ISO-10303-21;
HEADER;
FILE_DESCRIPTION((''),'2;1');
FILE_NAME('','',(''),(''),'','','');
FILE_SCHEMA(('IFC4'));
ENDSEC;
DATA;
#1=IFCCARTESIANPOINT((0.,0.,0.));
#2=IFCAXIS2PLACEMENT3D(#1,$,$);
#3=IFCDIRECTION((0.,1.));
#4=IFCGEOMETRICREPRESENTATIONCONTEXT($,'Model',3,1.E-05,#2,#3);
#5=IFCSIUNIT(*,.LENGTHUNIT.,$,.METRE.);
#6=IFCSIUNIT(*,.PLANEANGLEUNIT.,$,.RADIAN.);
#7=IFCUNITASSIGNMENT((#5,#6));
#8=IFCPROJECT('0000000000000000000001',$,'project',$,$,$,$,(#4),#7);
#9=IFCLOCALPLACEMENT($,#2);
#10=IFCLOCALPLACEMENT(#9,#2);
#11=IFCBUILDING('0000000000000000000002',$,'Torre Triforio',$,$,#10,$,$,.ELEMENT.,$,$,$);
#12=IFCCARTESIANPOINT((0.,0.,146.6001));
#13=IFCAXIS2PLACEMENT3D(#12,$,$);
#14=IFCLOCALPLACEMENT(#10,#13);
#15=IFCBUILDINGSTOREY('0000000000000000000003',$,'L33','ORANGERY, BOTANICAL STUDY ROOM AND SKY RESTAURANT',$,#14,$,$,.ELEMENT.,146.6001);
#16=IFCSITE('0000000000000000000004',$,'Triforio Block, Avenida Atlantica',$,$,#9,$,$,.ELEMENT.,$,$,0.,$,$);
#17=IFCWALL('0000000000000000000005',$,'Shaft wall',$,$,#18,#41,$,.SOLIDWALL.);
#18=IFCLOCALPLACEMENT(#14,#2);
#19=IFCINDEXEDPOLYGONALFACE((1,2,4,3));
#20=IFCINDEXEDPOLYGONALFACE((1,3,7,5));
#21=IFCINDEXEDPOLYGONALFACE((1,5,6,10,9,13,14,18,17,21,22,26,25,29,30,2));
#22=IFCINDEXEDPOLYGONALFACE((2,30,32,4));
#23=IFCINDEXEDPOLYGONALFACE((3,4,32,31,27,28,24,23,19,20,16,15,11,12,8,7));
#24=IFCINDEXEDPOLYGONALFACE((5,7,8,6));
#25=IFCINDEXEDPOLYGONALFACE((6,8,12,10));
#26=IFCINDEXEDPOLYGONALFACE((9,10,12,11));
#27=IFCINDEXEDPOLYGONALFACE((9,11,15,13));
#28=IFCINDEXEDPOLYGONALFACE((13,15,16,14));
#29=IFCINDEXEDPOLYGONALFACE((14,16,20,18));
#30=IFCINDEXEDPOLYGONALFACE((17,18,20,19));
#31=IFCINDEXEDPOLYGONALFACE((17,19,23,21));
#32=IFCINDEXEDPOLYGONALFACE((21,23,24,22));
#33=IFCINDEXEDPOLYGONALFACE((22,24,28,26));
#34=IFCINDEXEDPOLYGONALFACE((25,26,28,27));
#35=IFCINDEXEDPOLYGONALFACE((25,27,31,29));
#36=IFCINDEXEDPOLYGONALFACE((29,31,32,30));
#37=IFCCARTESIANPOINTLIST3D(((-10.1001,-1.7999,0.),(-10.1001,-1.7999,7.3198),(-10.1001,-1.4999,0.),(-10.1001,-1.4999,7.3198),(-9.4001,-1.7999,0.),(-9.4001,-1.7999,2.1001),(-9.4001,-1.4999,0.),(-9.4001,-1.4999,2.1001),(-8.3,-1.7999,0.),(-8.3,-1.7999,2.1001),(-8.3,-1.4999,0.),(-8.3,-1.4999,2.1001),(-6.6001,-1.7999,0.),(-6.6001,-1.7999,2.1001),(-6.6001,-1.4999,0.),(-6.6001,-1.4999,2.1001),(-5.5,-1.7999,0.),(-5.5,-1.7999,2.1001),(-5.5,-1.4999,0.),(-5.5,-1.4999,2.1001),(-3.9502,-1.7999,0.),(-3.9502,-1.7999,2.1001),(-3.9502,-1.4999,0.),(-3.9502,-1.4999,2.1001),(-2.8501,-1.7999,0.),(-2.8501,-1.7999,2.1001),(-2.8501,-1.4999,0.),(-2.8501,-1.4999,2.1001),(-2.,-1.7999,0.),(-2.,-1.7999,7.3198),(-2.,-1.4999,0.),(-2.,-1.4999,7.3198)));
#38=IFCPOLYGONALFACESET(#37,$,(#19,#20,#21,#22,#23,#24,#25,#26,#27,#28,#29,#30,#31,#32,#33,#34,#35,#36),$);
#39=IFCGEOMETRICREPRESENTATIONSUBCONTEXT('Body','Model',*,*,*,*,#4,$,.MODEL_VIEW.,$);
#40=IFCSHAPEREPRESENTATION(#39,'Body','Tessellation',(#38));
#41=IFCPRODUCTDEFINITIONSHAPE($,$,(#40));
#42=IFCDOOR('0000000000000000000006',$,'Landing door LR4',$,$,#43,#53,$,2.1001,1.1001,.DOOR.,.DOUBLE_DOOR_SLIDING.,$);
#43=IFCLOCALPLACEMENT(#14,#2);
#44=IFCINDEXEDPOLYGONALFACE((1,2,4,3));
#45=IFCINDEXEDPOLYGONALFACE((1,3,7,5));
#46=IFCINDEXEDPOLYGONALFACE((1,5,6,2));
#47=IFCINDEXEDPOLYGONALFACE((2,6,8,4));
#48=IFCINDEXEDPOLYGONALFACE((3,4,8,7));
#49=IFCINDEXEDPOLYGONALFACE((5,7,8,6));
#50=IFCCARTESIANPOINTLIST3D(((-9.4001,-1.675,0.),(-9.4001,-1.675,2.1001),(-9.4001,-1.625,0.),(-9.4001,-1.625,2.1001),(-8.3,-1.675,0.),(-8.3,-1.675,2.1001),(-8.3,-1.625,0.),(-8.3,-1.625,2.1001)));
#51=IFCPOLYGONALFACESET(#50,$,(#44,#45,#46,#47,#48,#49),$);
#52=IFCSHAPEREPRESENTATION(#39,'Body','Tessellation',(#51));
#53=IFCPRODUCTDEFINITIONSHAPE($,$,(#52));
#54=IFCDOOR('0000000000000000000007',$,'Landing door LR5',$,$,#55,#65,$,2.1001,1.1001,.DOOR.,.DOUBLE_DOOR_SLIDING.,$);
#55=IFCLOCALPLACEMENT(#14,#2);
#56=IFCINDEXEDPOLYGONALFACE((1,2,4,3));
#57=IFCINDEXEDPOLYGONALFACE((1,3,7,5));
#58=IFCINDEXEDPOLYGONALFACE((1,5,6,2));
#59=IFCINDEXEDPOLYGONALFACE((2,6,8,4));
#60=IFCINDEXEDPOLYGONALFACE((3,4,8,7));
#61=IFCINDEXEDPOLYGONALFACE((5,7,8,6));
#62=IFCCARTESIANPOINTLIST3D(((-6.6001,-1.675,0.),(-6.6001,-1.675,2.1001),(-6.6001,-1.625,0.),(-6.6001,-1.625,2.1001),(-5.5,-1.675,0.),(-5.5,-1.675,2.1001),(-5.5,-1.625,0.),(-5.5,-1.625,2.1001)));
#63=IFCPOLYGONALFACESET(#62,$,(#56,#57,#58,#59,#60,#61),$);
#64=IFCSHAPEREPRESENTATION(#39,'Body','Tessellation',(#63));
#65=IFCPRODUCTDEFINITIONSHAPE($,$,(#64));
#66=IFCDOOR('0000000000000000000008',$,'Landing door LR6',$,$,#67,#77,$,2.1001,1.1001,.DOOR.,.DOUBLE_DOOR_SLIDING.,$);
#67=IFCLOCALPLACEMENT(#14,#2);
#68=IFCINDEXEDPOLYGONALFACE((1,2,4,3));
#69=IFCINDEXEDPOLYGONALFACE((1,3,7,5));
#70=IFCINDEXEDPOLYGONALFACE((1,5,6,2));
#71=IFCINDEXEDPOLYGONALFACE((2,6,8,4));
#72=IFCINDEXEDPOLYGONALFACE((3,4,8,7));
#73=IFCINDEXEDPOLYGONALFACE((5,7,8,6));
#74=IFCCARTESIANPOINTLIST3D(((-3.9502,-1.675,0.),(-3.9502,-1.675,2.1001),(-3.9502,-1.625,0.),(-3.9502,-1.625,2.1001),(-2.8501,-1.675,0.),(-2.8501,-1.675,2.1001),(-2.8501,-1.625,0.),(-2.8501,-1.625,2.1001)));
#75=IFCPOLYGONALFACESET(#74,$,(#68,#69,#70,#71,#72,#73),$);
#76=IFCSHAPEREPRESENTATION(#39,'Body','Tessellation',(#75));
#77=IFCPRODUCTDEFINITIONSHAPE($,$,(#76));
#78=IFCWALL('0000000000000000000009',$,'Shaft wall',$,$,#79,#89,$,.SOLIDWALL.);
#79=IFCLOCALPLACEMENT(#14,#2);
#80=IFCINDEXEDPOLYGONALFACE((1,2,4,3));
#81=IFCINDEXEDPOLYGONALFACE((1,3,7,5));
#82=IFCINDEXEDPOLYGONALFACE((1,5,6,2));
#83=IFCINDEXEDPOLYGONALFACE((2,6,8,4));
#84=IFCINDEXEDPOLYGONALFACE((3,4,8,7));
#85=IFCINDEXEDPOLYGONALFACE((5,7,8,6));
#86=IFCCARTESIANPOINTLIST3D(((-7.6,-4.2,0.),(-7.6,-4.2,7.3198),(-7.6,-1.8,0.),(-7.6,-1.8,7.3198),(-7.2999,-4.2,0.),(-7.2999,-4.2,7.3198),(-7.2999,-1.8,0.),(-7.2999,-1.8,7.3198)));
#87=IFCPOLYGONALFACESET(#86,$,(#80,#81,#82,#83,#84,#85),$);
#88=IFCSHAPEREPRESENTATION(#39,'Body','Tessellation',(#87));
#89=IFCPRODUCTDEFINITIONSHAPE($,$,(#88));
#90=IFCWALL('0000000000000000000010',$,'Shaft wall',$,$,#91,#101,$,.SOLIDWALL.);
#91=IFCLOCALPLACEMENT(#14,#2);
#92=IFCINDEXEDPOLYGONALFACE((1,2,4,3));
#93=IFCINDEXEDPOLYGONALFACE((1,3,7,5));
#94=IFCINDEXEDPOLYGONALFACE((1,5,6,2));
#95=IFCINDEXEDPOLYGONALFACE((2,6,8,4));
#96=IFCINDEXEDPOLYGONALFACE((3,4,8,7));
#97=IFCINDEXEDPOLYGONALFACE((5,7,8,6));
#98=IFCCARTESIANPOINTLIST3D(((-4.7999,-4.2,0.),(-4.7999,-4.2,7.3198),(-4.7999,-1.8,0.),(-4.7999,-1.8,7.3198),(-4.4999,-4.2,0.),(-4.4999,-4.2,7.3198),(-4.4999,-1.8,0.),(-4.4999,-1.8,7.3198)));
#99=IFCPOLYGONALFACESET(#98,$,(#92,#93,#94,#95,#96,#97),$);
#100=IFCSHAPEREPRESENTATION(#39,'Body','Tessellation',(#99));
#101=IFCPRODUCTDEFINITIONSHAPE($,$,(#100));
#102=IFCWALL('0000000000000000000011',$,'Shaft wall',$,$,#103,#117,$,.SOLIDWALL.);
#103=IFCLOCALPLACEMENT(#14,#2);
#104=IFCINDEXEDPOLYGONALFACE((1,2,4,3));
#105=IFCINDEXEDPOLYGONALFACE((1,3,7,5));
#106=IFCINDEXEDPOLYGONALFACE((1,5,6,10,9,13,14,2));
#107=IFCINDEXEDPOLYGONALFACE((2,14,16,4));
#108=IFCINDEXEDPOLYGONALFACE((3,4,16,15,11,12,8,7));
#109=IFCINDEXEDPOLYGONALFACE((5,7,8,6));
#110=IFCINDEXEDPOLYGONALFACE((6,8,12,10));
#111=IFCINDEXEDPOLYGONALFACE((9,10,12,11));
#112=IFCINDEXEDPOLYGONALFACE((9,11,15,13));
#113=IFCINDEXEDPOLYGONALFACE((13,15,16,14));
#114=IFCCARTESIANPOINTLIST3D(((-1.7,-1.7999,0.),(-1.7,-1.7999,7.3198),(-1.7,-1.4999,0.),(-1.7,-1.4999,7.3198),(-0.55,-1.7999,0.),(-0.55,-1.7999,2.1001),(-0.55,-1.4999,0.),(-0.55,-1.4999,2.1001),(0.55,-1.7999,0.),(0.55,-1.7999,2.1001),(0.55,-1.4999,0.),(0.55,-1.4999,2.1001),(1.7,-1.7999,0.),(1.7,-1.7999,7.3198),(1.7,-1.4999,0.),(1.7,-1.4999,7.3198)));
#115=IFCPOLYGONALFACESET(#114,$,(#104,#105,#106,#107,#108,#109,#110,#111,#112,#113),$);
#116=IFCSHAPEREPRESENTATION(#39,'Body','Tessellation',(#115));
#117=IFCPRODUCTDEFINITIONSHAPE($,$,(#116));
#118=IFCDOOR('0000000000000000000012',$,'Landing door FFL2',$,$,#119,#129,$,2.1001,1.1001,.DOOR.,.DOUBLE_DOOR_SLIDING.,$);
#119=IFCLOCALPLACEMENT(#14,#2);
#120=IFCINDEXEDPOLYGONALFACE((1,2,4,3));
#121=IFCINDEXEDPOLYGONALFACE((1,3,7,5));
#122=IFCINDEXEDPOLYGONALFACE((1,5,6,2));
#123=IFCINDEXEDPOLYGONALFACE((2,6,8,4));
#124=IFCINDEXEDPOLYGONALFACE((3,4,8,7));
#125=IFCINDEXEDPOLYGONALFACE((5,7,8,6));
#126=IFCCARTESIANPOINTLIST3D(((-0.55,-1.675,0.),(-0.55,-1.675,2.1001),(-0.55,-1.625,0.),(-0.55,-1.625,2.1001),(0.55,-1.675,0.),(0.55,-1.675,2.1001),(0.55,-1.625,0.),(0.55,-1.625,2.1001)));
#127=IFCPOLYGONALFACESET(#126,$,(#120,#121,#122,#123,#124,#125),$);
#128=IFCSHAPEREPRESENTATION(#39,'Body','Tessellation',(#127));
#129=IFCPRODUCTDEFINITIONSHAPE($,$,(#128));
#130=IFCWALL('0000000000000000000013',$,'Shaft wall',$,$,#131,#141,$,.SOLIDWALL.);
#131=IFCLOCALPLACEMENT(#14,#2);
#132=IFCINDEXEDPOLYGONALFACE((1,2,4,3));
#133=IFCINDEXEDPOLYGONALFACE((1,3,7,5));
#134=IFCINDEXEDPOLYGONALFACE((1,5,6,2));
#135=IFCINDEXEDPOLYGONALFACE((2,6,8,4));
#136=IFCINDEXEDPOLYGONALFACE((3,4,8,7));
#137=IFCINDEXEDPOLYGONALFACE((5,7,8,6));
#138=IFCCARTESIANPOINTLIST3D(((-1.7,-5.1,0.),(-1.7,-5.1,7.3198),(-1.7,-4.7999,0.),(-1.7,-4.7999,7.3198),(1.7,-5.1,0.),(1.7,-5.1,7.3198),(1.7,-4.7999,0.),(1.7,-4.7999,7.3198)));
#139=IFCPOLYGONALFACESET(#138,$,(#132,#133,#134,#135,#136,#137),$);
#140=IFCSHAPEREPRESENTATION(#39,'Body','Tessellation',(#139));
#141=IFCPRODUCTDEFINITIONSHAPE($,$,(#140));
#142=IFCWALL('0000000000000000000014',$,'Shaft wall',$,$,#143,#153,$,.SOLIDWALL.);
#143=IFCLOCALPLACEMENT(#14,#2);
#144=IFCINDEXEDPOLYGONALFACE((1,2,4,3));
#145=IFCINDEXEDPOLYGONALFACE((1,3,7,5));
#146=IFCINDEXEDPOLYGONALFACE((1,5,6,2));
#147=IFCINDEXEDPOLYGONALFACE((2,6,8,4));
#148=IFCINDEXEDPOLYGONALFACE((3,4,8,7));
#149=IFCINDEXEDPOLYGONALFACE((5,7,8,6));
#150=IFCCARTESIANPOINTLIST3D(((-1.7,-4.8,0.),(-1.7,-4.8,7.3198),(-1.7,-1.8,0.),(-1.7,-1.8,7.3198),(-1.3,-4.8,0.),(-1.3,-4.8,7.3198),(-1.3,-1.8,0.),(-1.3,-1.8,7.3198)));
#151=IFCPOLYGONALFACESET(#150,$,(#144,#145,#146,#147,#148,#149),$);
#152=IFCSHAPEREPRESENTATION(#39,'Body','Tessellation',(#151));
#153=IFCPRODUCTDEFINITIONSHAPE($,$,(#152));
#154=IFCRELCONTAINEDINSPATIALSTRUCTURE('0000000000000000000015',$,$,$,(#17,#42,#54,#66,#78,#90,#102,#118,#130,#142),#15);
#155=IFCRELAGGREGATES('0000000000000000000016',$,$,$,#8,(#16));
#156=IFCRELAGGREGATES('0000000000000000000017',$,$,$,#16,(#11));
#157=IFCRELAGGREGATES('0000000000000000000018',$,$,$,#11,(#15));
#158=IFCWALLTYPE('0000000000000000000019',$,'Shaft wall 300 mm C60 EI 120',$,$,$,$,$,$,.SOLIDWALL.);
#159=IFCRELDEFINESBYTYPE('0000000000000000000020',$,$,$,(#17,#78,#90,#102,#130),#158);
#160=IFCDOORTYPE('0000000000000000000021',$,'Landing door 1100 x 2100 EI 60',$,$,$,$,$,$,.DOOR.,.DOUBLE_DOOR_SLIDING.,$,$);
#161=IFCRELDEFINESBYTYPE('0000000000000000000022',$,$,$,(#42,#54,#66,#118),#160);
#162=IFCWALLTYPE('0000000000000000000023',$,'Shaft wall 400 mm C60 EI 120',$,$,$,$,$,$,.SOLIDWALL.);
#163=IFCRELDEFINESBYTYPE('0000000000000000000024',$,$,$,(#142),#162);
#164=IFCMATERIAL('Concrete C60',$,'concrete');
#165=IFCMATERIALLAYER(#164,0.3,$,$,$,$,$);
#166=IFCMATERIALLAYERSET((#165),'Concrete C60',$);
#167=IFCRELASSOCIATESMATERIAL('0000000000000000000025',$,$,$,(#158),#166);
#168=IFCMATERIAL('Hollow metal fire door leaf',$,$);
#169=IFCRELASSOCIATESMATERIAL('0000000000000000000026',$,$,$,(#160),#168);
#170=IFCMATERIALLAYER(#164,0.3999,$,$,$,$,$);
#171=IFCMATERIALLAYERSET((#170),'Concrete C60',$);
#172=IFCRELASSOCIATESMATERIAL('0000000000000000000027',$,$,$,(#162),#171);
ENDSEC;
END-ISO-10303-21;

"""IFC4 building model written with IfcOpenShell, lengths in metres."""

from ifc_helpers import new_model, si_unit, direction, frame, frame_2d, origin, place, context, subcontext, project, spatial, rectangle, extrude, material, layer, layer_set, type_object, element, fill, save


model = new_model("IFC4")

# Units and contexts
model_context = context("Model", 3, precision=1e-05, world=origin(), true_north=direction((0.0, 1.0)))
body_context = subcontext(model_context, "Body", "Model", "MODEL_VIEW")
ifc_project = project(units=[si_unit("LENGTHUNIT", "METRE"), si_unit("PLANEANGLEUNIT", "RADIAN")], contexts=[model_context])

# Site, building, storey
site_placement = place(None, origin())
site = spatial("IfcSite", under=ifc_project, at=site_placement, Name="Triforio Block, Avenida Atlantica", CompositionType="ELEMENT", RefElevation=0.0)
building_placement = place(site_placement, origin())
building = spatial("IfcBuilding", under=site, at=building_placement, Name="Torre Triforio", CompositionType="ELEMENT")
storey_placement = place(building_placement, frame((0.0, 0.0, 146.6001)))
storey = spatial("IfcBuildingStorey", under=building, at=storey_placement, Name="L33", Description="ORANGERY, BOTANICAL STUDY ROOM AND SKY RESTAURANT", CompositionType="ELEMENT", Elevation=146.6001)

# Shared definitions
ifc_material_1 = material(Name="Concrete C60", Category="concrete")
ifc_material_2 = material(Name="Hollow metal fire door leaf")

# Shared definitions
ifc_layer_1 = layer(ifc_material_1, 0.3)
ifc_layer_set_1 = layer_set([ifc_layer_1], Name="Concrete C60")
wall_type_1 = type_object("IfcWallType", Name="Shaft wall 300 mm C60 EI 120", PredefinedType="SOLIDWALL", material=ifc_layer_set_1)

# Wall, openings, doors
wall_1_placement = place(storey_placement, frame((-10.1001, -1.6499, 0.0), z_axis=(0.0, 0.0, 1.0), x_axis=(1.0, 0.0, 0.0)))
wall_1 = element("IfcWall", 1, at=wall_1_placement, inside=storey, type_object=wall_type_1, Name="Shaft wall", PredefinedType="SOLIDWALL", context=body_context, shape_type="SweptSolid", body=[
    extrude(rectangle(XDim=8.1001, YDim=0.3, at=frame_2d((4.05, 0.0))), origin(), (0.0, 0.0, 1.0), 7.3198),
])
opening_1_placement = place(wall_1_placement, frame((0.7, 0.0, 0.0)))
opening_1 = element("IfcOpeningElement", 2, at=opening_1_placement, cuts=wall_1, PredefinedType="OPENING", context=body_context, shape_type="SweptSolid", body=[
    extrude(rectangle(XDim=1.1001, YDim=2.1001, at=frame_2d((0.55, 1.05))), frame((0.0, 0.1599, 0.0), z_axis=(0.0, -1.0, 0.0), x_axis=(1.0, 0.0, 0.0)), (0.0, 0.0, 1.0), 0.3201),
])
opening_2_placement = place(wall_1_placement, frame((3.5, 0.0, 0.0)))
opening_2 = element("IfcOpeningElement", 3, at=opening_2_placement, cuts=wall_1, PredefinedType="OPENING", context=body_context, shape_type="SweptSolid", body=[
    extrude(rectangle(XDim=1.1001, YDim=2.1001, at=frame_2d((0.55, 1.05))), frame((0.0, 0.1599, 0.0), z_axis=(0.0, -1.0, 0.0), x_axis=(1.0, 0.0, 0.0)), (0.0, 0.0, 1.0), 0.3201),
])
opening_3_placement = place(wall_1_placement, frame((6.1499, 0.0, 0.0)))
opening_3 = element("IfcOpeningElement", 4, at=opening_3_placement, cuts=wall_1, PredefinedType="OPENING", context=body_context, shape_type="SweptSolid", body=[
    extrude(rectangle(XDim=1.1001, YDim=2.1001, at=frame_2d((0.55, 1.05))), frame((0.0, 0.1599, 0.0), z_axis=(0.0, -1.0, 0.0), x_axis=(1.0, 0.0, 0.0)), (0.0, 0.0, 1.0), 0.3201),
])
door_type_1 = type_object("IfcDoorType", Name="Landing door 1100 x 2100 EI 60", OperationType="DOUBLE_DOOR_SLIDING", PredefinedType="DOOR", material=ifc_material_2)
door_1_placement = place(opening_1_placement, origin())
door_1 = element("IfcDoor", 5, at=door_1_placement, inside=storey, type_object=door_type_1, Name="Landing door LR4", OperationType="DOUBLE_DOOR_SLIDING", OverallHeight=2.1001, OverallWidth=1.1001, PredefinedType="DOOR", context=body_context, shape_type="SweptSolid", body=[
    extrude(rectangle(XDim=1.1001, YDim=2.1001, at=frame_2d((0.55, 1.05))), frame((0.0, 0.0249, 0.0), z_axis=(0.0, -1.0, 0.0), x_axis=(1.0, 0.0, 0.0)), (0.0, 0.0, 1.0), 0.05),
])
fill(opening_1, door_1)
door_2_placement = place(opening_2_placement, origin())
door_2 = element("IfcDoor", 6, at=door_2_placement, inside=storey, type_object=door_type_1, Name="Landing door LR5", OperationType="DOUBLE_DOOR_SLIDING", OverallHeight=2.1001, OverallWidth=1.1001, PredefinedType="DOOR", context=body_context, shape_type="SweptSolid", body=[
    extrude(rectangle(XDim=1.1001, YDim=2.1001, at=frame_2d((0.55, 1.05))), frame((0.0, 0.0249, 0.0), z_axis=(0.0, -1.0, 0.0), x_axis=(1.0, 0.0, 0.0)), (0.0, 0.0, 1.0), 0.05),
])
fill(opening_2, door_2)
door_3_placement = place(opening_3_placement, origin())
door_3 = element("IfcDoor", 7, at=door_3_placement, inside=storey, type_object=door_type_1, Name="Landing door LR6", OperationType="DOUBLE_DOOR_SLIDING", OverallHeight=2.1001, OverallWidth=1.1001, PredefinedType="DOOR", context=body_context, shape_type="SweptSolid", body=[
    extrude(rectangle(XDim=1.1001, YDim=2.1001, at=frame_2d((0.55, 1.05))), frame((0.0, 0.0249, 0.0), z_axis=(0.0, -1.0, 0.0), x_axis=(1.0, 0.0, 0.0)), (0.0, 0.0, 1.0), 0.05),
])
fill(opening_3, door_3)

# Walls
for number, where, z_axis, x_axis, name in (
    (8, (-7.45, -4.2, 0.0), (0.0, 0.0, 1.0), (0.0, 1.0, 0.0), "Shaft wall"),
    (9, (-4.6499, -4.2, 0.0), (0.0, 0.0, 1.0), (0.0, 1.0, 0.0), "Shaft wall"),
):
    element("IfcWall", number, at=place(storey_placement, frame(where, z_axis=z_axis, x_axis=x_axis)), inside=storey, type_object=wall_type_1, Name=name, PredefinedType="SOLIDWALL", context=body_context, shape_type="SweptSolid", body=[
        extrude(rectangle(XDim=2.3999, YDim=0.3, at=frame_2d((1.2, 0.0))), origin(), (0.0, 0.0, 1.0), 7.3198),
    ])

# Wall, opening, door
wall_2_placement = place(storey_placement, frame((-1.7, -1.6499, 0.0), z_axis=(0.0, 0.0, 1.0), x_axis=(1.0, 0.0, 0.0)))
wall_2 = element("IfcWall", 10, at=wall_2_placement, inside=storey, type_object=wall_type_1, Name="Shaft wall", PredefinedType="SOLIDWALL", context=body_context, shape_type="SweptSolid", body=[
    extrude(rectangle(XDim=3.3999, YDim=0.3, at=frame_2d((1.7, 0.0))), origin(), (0.0, 0.0, 1.0), 7.3198),
])
opening_4_placement = place(wall_2_placement, frame((1.1499, 0.0, 0.0)))
opening_4 = element("IfcOpeningElement", 11, at=opening_4_placement, cuts=wall_2, PredefinedType="OPENING", context=body_context, shape_type="SweptSolid", body=[
    extrude(rectangle(XDim=1.1001, YDim=2.1001, at=frame_2d((0.55, 1.05))), frame((0.0, 0.1599, 0.0), z_axis=(0.0, -1.0, 0.0), x_axis=(1.0, 0.0, 0.0)), (0.0, 0.0, 1.0), 0.3201),
])
door_4_placement = place(opening_4_placement, origin())
door_4 = element("IfcDoor", 12, at=door_4_placement, inside=storey, type_object=door_type_1, Name="Landing door FFL2", OperationType="DOUBLE_DOOR_SLIDING", OverallHeight=2.1001, OverallWidth=1.1001, PredefinedType="DOOR", context=body_context, shape_type="SweptSolid", body=[
    extrude(rectangle(XDim=1.1001, YDim=2.1001, at=frame_2d((0.55, 1.05))), frame((0.0, 0.0249, 0.0), z_axis=(0.0, -1.0, 0.0), x_axis=(1.0, 0.0, 0.0)), (0.0, 0.0, 1.0), 0.05),
])
fill(opening_4, door_4)

# Walls
wall_3_placement = place(storey_placement, frame((-1.7, -4.95, 0.0), z_axis=(0.0, 0.0, 1.0), x_axis=(1.0, 0.0, 0.0)))
element("IfcWall", 13, at=wall_3_placement, inside=storey, type_object=wall_type_1, Name="Shaft wall", PredefinedType="SOLIDWALL", context=body_context, shape_type="SweptSolid", body=[
    extrude(rectangle(XDim=3.3999, YDim=0.3, at=frame_2d((1.7, 0.0))), origin(), (0.0, 0.0, 1.0), 7.3198),
])
ifc_layer_2 = layer(ifc_material_1, 0.3999)
ifc_layer_set_2 = layer_set([ifc_layer_2], Name="Concrete C60")
wall_type_2 = type_object("IfcWallType", Name="Shaft wall 400 mm C60 EI 120", PredefinedType="SOLIDWALL", material=ifc_layer_set_2)
wall_4_placement = place(storey_placement, frame((-1.5, -4.8, 0.0), z_axis=(0.0, 0.0, 1.0), x_axis=(0.0, 1.0, 0.0)))
element("IfcWall", 14, at=wall_4_placement, inside=storey, type_object=wall_type_2, Name="Shaft wall", PredefinedType="SOLIDWALL", context=body_context, shape_type="SweptSolid", body=[
    extrude(rectangle(XDim=3.0, YDim=0.3999, at=frame_2d((1.5, 0.0))), origin(), (0.0, 0.0, 1.0), 7.3198),
])

save(model, "model.ifc")
